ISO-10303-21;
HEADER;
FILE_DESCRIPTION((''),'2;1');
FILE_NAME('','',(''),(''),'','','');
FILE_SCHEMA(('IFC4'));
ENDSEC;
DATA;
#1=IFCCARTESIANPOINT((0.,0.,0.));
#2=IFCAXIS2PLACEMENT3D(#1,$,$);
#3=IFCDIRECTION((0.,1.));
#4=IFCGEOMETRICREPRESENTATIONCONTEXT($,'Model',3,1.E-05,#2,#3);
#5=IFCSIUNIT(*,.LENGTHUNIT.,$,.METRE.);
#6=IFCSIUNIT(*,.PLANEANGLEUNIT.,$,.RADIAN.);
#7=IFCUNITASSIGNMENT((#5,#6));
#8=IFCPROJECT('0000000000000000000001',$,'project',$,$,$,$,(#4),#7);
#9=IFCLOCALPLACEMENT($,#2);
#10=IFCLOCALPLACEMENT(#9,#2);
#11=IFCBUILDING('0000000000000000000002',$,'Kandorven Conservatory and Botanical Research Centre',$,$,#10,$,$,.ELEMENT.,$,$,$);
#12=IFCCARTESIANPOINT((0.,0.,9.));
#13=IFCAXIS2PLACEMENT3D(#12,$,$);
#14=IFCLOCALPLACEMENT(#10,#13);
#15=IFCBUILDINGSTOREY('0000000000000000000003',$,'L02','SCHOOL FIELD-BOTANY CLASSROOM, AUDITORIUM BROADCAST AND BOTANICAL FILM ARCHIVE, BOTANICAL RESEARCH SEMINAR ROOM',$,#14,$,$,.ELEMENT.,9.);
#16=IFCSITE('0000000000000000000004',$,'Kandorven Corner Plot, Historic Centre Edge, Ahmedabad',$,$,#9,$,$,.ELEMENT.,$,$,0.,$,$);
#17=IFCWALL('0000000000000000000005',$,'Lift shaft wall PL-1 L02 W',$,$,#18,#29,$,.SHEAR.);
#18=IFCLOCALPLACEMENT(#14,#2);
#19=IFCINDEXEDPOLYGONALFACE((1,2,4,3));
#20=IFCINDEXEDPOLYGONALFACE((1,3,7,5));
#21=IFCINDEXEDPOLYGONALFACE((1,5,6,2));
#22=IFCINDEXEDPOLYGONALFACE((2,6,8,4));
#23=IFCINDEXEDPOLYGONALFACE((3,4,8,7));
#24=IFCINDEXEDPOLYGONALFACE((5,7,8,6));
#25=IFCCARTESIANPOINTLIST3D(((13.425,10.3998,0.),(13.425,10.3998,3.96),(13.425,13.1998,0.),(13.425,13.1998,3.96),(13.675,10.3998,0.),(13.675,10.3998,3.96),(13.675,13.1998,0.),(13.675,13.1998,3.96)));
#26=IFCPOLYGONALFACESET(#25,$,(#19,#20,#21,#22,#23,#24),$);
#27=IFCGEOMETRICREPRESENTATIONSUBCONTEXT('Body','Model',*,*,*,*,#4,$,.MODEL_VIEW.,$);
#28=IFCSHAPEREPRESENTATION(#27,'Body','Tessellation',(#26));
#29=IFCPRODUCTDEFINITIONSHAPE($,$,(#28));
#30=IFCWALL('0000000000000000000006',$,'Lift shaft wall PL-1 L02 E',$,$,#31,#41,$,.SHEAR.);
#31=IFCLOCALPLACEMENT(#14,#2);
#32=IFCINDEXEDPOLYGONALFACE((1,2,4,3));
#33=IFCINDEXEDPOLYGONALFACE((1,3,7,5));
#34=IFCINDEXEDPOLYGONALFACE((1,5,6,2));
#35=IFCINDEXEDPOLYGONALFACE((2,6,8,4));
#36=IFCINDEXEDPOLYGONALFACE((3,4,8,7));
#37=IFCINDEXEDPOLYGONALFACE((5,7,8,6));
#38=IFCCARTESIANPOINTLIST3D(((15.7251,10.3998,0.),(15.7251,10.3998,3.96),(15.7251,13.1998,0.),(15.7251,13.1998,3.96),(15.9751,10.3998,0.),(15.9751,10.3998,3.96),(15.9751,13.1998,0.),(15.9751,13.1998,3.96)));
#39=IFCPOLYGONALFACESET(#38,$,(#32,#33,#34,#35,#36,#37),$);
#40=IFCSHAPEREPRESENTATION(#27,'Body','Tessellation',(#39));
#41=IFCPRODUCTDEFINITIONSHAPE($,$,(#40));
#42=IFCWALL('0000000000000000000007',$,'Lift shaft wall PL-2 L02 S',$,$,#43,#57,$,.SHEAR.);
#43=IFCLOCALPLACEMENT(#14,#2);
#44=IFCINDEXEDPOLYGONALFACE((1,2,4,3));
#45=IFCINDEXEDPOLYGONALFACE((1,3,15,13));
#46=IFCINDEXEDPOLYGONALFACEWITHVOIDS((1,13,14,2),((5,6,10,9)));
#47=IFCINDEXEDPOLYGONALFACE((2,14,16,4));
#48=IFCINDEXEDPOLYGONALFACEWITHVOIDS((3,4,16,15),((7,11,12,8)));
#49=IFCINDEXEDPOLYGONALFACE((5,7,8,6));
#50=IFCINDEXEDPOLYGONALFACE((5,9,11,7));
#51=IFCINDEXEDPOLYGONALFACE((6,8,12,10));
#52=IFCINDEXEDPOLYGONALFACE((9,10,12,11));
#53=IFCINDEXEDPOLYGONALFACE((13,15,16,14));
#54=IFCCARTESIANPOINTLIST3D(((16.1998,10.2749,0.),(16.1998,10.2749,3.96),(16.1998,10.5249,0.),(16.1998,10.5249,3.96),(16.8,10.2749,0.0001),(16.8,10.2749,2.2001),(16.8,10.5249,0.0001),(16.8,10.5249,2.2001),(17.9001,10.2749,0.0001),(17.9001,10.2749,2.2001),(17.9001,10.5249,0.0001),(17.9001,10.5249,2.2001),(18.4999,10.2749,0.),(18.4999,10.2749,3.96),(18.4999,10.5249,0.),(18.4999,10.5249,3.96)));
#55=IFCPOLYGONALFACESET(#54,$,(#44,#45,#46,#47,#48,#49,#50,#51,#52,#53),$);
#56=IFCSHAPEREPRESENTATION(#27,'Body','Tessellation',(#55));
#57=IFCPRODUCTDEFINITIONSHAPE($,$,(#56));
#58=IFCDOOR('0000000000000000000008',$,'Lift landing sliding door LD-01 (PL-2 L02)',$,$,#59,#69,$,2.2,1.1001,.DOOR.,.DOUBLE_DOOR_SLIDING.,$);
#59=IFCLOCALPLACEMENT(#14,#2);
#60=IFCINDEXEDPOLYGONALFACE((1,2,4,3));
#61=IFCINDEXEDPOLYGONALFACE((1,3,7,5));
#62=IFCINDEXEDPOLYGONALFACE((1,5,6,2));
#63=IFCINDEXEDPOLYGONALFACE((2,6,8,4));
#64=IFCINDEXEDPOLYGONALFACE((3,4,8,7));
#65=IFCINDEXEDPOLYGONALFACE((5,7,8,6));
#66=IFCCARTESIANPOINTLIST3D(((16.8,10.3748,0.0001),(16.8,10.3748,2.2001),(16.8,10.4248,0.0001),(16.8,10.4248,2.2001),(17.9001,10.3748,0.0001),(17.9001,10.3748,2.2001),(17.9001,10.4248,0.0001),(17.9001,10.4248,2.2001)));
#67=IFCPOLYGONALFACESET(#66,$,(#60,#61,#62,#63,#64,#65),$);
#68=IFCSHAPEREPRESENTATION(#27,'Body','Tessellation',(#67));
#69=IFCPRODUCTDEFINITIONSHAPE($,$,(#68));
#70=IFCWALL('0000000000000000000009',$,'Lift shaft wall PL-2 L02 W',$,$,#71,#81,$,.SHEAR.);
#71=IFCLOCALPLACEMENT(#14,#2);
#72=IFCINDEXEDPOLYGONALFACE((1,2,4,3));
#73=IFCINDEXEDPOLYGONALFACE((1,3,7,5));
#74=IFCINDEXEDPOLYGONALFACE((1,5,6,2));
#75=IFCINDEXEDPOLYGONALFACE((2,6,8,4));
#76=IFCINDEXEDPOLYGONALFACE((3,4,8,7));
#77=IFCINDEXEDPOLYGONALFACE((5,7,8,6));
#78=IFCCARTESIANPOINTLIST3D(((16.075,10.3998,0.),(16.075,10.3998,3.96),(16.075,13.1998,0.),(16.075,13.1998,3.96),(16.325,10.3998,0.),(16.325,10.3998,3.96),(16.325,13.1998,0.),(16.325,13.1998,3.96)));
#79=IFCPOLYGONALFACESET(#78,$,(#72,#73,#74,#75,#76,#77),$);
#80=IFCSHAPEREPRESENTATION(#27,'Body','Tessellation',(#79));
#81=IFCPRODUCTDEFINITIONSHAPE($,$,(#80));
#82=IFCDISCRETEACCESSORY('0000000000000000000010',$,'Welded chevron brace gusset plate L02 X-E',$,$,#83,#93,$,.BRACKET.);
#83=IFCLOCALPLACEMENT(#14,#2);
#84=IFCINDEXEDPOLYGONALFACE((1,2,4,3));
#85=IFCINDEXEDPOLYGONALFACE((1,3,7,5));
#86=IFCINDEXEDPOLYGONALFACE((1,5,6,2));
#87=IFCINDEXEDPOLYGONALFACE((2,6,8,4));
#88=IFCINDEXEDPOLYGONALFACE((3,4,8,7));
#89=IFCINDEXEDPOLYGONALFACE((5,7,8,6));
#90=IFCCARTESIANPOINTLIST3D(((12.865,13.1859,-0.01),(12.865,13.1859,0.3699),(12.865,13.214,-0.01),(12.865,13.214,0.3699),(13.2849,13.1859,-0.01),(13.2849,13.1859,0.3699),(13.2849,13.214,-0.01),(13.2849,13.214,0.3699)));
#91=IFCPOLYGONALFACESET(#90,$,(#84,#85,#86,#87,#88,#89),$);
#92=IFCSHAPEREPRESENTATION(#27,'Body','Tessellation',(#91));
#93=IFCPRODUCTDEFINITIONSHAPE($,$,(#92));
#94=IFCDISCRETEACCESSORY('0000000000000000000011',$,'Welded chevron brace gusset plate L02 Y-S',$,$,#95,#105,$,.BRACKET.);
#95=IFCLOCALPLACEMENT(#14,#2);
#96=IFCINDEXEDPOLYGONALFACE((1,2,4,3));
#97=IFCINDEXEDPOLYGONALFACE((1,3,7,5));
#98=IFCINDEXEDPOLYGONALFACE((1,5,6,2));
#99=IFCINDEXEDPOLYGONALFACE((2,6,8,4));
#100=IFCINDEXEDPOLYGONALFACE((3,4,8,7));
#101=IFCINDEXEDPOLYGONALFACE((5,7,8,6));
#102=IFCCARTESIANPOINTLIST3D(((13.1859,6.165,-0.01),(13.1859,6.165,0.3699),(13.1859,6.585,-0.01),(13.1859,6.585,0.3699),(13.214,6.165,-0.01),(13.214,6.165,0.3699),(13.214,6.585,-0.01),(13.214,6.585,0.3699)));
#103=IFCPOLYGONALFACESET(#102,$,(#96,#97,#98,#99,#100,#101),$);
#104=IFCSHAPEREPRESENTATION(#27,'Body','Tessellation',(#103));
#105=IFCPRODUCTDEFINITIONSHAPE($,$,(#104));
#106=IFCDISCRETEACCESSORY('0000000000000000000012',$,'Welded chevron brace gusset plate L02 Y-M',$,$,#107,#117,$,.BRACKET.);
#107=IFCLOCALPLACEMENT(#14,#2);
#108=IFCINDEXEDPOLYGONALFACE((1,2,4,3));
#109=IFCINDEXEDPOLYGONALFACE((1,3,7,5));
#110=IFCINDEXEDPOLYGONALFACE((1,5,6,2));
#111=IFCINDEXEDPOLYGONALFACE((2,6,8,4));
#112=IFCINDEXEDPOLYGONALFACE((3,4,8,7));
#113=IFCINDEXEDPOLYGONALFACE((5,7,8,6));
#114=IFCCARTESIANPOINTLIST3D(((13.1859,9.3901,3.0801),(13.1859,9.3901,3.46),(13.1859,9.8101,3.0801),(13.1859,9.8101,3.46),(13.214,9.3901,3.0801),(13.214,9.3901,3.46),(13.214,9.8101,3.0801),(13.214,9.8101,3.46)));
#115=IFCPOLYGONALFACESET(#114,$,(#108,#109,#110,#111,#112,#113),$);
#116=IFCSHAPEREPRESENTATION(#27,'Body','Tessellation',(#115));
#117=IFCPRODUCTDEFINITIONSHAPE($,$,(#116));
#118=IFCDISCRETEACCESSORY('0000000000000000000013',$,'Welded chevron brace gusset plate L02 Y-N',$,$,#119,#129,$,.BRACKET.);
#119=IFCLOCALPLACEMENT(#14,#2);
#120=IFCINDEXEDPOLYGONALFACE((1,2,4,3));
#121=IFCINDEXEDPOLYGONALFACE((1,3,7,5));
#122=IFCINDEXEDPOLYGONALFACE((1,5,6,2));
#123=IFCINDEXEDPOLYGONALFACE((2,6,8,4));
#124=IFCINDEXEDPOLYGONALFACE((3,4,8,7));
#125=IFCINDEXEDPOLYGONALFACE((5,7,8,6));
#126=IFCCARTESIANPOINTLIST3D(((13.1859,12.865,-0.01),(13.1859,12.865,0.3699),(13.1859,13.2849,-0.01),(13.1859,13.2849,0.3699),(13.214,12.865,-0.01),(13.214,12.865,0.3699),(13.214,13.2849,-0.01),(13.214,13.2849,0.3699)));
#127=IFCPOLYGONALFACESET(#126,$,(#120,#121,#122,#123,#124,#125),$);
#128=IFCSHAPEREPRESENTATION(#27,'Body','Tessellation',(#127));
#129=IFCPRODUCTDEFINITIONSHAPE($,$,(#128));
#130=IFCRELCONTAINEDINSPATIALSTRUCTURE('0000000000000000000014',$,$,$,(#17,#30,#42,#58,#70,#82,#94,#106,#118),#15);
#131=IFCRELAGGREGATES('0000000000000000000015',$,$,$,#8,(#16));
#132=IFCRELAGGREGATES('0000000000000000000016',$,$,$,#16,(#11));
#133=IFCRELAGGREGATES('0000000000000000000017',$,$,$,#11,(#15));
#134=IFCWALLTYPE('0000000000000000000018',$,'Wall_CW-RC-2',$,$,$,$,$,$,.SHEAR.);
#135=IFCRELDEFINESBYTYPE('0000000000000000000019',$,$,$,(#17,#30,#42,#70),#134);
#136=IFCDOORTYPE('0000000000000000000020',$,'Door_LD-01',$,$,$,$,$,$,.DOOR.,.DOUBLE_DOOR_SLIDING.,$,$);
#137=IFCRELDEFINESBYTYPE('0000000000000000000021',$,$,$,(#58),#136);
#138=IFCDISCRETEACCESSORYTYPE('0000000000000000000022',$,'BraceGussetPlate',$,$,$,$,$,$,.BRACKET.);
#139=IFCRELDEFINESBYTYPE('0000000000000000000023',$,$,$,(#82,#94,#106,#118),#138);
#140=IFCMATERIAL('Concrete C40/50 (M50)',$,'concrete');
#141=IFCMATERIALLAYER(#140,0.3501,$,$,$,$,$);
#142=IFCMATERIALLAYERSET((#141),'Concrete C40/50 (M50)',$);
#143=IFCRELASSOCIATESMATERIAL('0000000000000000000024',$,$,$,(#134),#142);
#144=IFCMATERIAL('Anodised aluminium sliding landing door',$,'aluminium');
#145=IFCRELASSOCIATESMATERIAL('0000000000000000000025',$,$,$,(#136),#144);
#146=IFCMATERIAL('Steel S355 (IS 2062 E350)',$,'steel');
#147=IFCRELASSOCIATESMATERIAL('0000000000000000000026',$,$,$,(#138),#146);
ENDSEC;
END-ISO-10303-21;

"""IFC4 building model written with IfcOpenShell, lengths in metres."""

from ifc_helpers import new_model, si_unit, direction, frame, frame_2d, origin, origin_2d, place, context, subcontext, project, spatial, rectangle, extrude, material, layer, layer_set, type_object, element, fill, save


model = new_model("IFC4")

# Units and contexts
model_context = context("Model", 3, precision=1e-05, world=origin(), true_north=direction((0.0, 1.0)))
body_context = subcontext(model_context, "Body", "Model", "MODEL_VIEW")
ifc_project = project(units=[si_unit("LENGTHUNIT", "METRE"), si_unit("PLANEANGLEUNIT", "RADIAN")], contexts=[model_context])

# Site, building, storey
site_placement = place(None, origin())
site = spatial("IfcSite", under=ifc_project, at=site_placement, Name="Kandorven Corner Plot, Historic Centre Edge, Ahmedabad", CompositionType="ELEMENT", RefElevation=0.0)
building_placement = place(site_placement, origin())
building = spatial("IfcBuilding", under=site, at=building_placement, Name="Kandorven Conservatory and Botanical Research Centre", CompositionType="ELEMENT")
storey_placement = place(building_placement, frame((0.0, 0.0, 9.0)))
storey = spatial("IfcBuildingStorey", under=building, at=storey_placement, Name="L02", Description="SCHOOL FIELD-BOTANY CLASSROOM, AUDITORIUM BROADCAST AND BOTANICAL FILM ARCHIVE, BOTANICAL RESEARCH SEMINAR ROOM", CompositionType="ELEMENT", Elevation=9.0)

# Shared definitions
ifc_material_1 = material(Name="Concrete C40/50 (M50)", Category="concrete")
ifc_layer_1 = layer(ifc_material_1, 0.3501)
ifc_layer_set_1 = layer_set([ifc_layer_1], Name="Concrete C40/50 (M50)")
wall_type = type_object("IfcWallType", Name="Wall_CW-RC-2", PredefinedType="SHEAR", material=ifc_layer_set_1)
ifc_material_2 = material(Name="Anodised aluminium sliding landing door", Category="aluminium")
door_type_1 = type_object("IfcDoorType", Name="Door_LD-01", OperationType="DOUBLE_DOOR_SLIDING", PredefinedType="DOOR", material=ifc_material_2)

# Walls
for number, where, z_axis, x_axis, name in (
    (1, (13.55, 10.3999, 0.0), (0.0, 0.0, 1.0), (0.0, 1.0, 0.0), "Lift shaft wall PL-1 L02 W"),
    (2, (15.8501, 10.3999, 0.0), (0.0, 0.0, 1.0), (0.0, 1.0, 0.0), "Lift shaft wall PL-1 L02 E"),
):
    element("IfcWall", number, at=place(storey_placement, frame(where, z_axis=z_axis, x_axis=x_axis)), inside=storey, type_object=wall_type, Name=name, PredefinedType="SHEAR", context=body_context, shape_type="SweptSolid", body=[
        extrude(rectangle(XDim=2.8, YDim=0.25, at=frame_2d((1.3999, 0.0))), origin(), (0.0, 0.0, 1.0), 3.96),
    ])

# Wall, opening, door
wall_1_placement = place(storey_placement, frame((16.2, 10.3999, 0.0), z_axis=(0.0, 0.0, 1.0), x_axis=(1.0, 0.0, 0.0)))
wall_1 = element("IfcWall", 3, at=wall_1_placement, inside=storey, type_object=wall_type, Name="Lift shaft wall PL-2 L02 S", PredefinedType="SHEAR", context=body_context, shape_type="SweptSolid", body=[
    extrude(rectangle(XDim=2.3, YDim=0.25, at=frame_2d((1.1499, 0.0))), origin(), (0.0, 0.0, 1.0), 3.96),
])
opening_1_placement = place(wall_1_placement, frame((0.6001, 0.0, 0.0)))
opening_1 = element("IfcOpeningElement", 4, at=opening_1_placement, cuts=wall_1, PredefinedType="OPENING", context=body_context, shape_type="SweptSolid", body=[
    extrude(rectangle(XDim=1.1001, YDim=2.2, at=frame_2d((0.55, 1.1001))), frame((0.0, 0.135, 0.0), z_axis=(0.0, -1.0, 0.0), x_axis=(1.0, 0.0, 0.0)), (0.0, 0.0, 1.0), 0.27),
])
door_1_placement = place(opening_1_placement, origin())
door_1 = element("IfcDoor", 5, at=door_1_placement, inside=storey, type_object=door_type_1, Name="Lift landing sliding door LD-01 (PL-2 L02)", OperationType="DOUBLE_DOOR_SLIDING", OverallHeight=2.2, OverallWidth=1.1001, PredefinedType="DOOR", context=body_context, shape_type="SweptSolid", body=[
    extrude(rectangle(XDim=1.1001, YDim=2.2, at=frame_2d((0.55, 1.1001))), frame((0.0, 0.0249, 0.0), z_axis=(0.0, -1.0, 0.0), x_axis=(1.0, 0.0, 0.0)), (0.0, 0.0, 1.0), 0.05),
])
fill(opening_1, door_1)

# Wall
wall_2_placement = place(storey_placement, frame((16.2, 10.3999, 0.0), z_axis=(0.0, 0.0, 1.0), x_axis=(0.0, 1.0, 0.0)))
element("IfcWall", 6, at=wall_2_placement, inside=storey, type_object=wall_type, Name="Lift shaft wall PL-2 L02 W", PredefinedType="SHEAR", context=body_context, shape_type="SweptSolid", body=[
    extrude(rectangle(XDim=2.8, YDim=0.25, at=frame_2d((1.3999, 0.0))), origin(), (0.0, 0.0, 1.0), 3.96),
])

# Discrete accessories
ifc_material_3 = material(Name="Steel S355 (IS 2062 E350)", Category="steel")
discrete_accessory_type = type_object("IfcDiscreteAccessoryType", Name="BraceGussetPlate", PredefinedType="BRACKET", material=ifc_material_3)
discrete_accessory_placement = place(storey_placement, frame((13.075, 13.2, -0.01), z_axis=(0.0, 0.0, 1.0), x_axis=(1.0, 0.0, 0.0)))
element("IfcDiscreteAccessory", 7, at=discrete_accessory_placement, inside=storey, type_object=discrete_accessory_type, Name="Welded chevron brace gusset plate L02 X-E", PredefinedType="BRACKET", context=body_context, shape_type="SweptSolid", body=[
    extrude(rectangle(XDim=0.4199, YDim=0.0281, at=origin_2d()), origin(), (0.0, 0.0, 1.0), 0.3799),
])
for number, where, z_axis, x_axis, name in (
    (8, (13.2, 6.375, -0.01), (0.0, 0.0, 1.0), (1.0, 0.0, 0.0), "Welded chevron brace gusset plate L02 Y-S"),
    (9, (13.2, 9.6001, 3.0801), (0.0, 0.0, 1.0), (1.0, 0.0, 0.0), "Welded chevron brace gusset plate L02 Y-M"),
    (10, (13.2, 13.075, -0.01), (0.0, 0.0, 1.0), (1.0, 0.0, 0.0), "Welded chevron brace gusset plate L02 Y-N"),
):
    element("IfcDiscreteAccessory", number, at=place(storey_placement, frame(where, z_axis=z_axis, x_axis=x_axis)), inside=storey, type_object=discrete_accessory_type, Name=name, PredefinedType="BRACKET", context=body_context, shape_type="SweptSolid", body=[
        extrude(rectangle(XDim=0.0281, YDim=0.4199, at=origin_2d()), origin(), (0.0, 0.0, 1.0), 0.3799),
    ])

save(model, "model.ifc")
